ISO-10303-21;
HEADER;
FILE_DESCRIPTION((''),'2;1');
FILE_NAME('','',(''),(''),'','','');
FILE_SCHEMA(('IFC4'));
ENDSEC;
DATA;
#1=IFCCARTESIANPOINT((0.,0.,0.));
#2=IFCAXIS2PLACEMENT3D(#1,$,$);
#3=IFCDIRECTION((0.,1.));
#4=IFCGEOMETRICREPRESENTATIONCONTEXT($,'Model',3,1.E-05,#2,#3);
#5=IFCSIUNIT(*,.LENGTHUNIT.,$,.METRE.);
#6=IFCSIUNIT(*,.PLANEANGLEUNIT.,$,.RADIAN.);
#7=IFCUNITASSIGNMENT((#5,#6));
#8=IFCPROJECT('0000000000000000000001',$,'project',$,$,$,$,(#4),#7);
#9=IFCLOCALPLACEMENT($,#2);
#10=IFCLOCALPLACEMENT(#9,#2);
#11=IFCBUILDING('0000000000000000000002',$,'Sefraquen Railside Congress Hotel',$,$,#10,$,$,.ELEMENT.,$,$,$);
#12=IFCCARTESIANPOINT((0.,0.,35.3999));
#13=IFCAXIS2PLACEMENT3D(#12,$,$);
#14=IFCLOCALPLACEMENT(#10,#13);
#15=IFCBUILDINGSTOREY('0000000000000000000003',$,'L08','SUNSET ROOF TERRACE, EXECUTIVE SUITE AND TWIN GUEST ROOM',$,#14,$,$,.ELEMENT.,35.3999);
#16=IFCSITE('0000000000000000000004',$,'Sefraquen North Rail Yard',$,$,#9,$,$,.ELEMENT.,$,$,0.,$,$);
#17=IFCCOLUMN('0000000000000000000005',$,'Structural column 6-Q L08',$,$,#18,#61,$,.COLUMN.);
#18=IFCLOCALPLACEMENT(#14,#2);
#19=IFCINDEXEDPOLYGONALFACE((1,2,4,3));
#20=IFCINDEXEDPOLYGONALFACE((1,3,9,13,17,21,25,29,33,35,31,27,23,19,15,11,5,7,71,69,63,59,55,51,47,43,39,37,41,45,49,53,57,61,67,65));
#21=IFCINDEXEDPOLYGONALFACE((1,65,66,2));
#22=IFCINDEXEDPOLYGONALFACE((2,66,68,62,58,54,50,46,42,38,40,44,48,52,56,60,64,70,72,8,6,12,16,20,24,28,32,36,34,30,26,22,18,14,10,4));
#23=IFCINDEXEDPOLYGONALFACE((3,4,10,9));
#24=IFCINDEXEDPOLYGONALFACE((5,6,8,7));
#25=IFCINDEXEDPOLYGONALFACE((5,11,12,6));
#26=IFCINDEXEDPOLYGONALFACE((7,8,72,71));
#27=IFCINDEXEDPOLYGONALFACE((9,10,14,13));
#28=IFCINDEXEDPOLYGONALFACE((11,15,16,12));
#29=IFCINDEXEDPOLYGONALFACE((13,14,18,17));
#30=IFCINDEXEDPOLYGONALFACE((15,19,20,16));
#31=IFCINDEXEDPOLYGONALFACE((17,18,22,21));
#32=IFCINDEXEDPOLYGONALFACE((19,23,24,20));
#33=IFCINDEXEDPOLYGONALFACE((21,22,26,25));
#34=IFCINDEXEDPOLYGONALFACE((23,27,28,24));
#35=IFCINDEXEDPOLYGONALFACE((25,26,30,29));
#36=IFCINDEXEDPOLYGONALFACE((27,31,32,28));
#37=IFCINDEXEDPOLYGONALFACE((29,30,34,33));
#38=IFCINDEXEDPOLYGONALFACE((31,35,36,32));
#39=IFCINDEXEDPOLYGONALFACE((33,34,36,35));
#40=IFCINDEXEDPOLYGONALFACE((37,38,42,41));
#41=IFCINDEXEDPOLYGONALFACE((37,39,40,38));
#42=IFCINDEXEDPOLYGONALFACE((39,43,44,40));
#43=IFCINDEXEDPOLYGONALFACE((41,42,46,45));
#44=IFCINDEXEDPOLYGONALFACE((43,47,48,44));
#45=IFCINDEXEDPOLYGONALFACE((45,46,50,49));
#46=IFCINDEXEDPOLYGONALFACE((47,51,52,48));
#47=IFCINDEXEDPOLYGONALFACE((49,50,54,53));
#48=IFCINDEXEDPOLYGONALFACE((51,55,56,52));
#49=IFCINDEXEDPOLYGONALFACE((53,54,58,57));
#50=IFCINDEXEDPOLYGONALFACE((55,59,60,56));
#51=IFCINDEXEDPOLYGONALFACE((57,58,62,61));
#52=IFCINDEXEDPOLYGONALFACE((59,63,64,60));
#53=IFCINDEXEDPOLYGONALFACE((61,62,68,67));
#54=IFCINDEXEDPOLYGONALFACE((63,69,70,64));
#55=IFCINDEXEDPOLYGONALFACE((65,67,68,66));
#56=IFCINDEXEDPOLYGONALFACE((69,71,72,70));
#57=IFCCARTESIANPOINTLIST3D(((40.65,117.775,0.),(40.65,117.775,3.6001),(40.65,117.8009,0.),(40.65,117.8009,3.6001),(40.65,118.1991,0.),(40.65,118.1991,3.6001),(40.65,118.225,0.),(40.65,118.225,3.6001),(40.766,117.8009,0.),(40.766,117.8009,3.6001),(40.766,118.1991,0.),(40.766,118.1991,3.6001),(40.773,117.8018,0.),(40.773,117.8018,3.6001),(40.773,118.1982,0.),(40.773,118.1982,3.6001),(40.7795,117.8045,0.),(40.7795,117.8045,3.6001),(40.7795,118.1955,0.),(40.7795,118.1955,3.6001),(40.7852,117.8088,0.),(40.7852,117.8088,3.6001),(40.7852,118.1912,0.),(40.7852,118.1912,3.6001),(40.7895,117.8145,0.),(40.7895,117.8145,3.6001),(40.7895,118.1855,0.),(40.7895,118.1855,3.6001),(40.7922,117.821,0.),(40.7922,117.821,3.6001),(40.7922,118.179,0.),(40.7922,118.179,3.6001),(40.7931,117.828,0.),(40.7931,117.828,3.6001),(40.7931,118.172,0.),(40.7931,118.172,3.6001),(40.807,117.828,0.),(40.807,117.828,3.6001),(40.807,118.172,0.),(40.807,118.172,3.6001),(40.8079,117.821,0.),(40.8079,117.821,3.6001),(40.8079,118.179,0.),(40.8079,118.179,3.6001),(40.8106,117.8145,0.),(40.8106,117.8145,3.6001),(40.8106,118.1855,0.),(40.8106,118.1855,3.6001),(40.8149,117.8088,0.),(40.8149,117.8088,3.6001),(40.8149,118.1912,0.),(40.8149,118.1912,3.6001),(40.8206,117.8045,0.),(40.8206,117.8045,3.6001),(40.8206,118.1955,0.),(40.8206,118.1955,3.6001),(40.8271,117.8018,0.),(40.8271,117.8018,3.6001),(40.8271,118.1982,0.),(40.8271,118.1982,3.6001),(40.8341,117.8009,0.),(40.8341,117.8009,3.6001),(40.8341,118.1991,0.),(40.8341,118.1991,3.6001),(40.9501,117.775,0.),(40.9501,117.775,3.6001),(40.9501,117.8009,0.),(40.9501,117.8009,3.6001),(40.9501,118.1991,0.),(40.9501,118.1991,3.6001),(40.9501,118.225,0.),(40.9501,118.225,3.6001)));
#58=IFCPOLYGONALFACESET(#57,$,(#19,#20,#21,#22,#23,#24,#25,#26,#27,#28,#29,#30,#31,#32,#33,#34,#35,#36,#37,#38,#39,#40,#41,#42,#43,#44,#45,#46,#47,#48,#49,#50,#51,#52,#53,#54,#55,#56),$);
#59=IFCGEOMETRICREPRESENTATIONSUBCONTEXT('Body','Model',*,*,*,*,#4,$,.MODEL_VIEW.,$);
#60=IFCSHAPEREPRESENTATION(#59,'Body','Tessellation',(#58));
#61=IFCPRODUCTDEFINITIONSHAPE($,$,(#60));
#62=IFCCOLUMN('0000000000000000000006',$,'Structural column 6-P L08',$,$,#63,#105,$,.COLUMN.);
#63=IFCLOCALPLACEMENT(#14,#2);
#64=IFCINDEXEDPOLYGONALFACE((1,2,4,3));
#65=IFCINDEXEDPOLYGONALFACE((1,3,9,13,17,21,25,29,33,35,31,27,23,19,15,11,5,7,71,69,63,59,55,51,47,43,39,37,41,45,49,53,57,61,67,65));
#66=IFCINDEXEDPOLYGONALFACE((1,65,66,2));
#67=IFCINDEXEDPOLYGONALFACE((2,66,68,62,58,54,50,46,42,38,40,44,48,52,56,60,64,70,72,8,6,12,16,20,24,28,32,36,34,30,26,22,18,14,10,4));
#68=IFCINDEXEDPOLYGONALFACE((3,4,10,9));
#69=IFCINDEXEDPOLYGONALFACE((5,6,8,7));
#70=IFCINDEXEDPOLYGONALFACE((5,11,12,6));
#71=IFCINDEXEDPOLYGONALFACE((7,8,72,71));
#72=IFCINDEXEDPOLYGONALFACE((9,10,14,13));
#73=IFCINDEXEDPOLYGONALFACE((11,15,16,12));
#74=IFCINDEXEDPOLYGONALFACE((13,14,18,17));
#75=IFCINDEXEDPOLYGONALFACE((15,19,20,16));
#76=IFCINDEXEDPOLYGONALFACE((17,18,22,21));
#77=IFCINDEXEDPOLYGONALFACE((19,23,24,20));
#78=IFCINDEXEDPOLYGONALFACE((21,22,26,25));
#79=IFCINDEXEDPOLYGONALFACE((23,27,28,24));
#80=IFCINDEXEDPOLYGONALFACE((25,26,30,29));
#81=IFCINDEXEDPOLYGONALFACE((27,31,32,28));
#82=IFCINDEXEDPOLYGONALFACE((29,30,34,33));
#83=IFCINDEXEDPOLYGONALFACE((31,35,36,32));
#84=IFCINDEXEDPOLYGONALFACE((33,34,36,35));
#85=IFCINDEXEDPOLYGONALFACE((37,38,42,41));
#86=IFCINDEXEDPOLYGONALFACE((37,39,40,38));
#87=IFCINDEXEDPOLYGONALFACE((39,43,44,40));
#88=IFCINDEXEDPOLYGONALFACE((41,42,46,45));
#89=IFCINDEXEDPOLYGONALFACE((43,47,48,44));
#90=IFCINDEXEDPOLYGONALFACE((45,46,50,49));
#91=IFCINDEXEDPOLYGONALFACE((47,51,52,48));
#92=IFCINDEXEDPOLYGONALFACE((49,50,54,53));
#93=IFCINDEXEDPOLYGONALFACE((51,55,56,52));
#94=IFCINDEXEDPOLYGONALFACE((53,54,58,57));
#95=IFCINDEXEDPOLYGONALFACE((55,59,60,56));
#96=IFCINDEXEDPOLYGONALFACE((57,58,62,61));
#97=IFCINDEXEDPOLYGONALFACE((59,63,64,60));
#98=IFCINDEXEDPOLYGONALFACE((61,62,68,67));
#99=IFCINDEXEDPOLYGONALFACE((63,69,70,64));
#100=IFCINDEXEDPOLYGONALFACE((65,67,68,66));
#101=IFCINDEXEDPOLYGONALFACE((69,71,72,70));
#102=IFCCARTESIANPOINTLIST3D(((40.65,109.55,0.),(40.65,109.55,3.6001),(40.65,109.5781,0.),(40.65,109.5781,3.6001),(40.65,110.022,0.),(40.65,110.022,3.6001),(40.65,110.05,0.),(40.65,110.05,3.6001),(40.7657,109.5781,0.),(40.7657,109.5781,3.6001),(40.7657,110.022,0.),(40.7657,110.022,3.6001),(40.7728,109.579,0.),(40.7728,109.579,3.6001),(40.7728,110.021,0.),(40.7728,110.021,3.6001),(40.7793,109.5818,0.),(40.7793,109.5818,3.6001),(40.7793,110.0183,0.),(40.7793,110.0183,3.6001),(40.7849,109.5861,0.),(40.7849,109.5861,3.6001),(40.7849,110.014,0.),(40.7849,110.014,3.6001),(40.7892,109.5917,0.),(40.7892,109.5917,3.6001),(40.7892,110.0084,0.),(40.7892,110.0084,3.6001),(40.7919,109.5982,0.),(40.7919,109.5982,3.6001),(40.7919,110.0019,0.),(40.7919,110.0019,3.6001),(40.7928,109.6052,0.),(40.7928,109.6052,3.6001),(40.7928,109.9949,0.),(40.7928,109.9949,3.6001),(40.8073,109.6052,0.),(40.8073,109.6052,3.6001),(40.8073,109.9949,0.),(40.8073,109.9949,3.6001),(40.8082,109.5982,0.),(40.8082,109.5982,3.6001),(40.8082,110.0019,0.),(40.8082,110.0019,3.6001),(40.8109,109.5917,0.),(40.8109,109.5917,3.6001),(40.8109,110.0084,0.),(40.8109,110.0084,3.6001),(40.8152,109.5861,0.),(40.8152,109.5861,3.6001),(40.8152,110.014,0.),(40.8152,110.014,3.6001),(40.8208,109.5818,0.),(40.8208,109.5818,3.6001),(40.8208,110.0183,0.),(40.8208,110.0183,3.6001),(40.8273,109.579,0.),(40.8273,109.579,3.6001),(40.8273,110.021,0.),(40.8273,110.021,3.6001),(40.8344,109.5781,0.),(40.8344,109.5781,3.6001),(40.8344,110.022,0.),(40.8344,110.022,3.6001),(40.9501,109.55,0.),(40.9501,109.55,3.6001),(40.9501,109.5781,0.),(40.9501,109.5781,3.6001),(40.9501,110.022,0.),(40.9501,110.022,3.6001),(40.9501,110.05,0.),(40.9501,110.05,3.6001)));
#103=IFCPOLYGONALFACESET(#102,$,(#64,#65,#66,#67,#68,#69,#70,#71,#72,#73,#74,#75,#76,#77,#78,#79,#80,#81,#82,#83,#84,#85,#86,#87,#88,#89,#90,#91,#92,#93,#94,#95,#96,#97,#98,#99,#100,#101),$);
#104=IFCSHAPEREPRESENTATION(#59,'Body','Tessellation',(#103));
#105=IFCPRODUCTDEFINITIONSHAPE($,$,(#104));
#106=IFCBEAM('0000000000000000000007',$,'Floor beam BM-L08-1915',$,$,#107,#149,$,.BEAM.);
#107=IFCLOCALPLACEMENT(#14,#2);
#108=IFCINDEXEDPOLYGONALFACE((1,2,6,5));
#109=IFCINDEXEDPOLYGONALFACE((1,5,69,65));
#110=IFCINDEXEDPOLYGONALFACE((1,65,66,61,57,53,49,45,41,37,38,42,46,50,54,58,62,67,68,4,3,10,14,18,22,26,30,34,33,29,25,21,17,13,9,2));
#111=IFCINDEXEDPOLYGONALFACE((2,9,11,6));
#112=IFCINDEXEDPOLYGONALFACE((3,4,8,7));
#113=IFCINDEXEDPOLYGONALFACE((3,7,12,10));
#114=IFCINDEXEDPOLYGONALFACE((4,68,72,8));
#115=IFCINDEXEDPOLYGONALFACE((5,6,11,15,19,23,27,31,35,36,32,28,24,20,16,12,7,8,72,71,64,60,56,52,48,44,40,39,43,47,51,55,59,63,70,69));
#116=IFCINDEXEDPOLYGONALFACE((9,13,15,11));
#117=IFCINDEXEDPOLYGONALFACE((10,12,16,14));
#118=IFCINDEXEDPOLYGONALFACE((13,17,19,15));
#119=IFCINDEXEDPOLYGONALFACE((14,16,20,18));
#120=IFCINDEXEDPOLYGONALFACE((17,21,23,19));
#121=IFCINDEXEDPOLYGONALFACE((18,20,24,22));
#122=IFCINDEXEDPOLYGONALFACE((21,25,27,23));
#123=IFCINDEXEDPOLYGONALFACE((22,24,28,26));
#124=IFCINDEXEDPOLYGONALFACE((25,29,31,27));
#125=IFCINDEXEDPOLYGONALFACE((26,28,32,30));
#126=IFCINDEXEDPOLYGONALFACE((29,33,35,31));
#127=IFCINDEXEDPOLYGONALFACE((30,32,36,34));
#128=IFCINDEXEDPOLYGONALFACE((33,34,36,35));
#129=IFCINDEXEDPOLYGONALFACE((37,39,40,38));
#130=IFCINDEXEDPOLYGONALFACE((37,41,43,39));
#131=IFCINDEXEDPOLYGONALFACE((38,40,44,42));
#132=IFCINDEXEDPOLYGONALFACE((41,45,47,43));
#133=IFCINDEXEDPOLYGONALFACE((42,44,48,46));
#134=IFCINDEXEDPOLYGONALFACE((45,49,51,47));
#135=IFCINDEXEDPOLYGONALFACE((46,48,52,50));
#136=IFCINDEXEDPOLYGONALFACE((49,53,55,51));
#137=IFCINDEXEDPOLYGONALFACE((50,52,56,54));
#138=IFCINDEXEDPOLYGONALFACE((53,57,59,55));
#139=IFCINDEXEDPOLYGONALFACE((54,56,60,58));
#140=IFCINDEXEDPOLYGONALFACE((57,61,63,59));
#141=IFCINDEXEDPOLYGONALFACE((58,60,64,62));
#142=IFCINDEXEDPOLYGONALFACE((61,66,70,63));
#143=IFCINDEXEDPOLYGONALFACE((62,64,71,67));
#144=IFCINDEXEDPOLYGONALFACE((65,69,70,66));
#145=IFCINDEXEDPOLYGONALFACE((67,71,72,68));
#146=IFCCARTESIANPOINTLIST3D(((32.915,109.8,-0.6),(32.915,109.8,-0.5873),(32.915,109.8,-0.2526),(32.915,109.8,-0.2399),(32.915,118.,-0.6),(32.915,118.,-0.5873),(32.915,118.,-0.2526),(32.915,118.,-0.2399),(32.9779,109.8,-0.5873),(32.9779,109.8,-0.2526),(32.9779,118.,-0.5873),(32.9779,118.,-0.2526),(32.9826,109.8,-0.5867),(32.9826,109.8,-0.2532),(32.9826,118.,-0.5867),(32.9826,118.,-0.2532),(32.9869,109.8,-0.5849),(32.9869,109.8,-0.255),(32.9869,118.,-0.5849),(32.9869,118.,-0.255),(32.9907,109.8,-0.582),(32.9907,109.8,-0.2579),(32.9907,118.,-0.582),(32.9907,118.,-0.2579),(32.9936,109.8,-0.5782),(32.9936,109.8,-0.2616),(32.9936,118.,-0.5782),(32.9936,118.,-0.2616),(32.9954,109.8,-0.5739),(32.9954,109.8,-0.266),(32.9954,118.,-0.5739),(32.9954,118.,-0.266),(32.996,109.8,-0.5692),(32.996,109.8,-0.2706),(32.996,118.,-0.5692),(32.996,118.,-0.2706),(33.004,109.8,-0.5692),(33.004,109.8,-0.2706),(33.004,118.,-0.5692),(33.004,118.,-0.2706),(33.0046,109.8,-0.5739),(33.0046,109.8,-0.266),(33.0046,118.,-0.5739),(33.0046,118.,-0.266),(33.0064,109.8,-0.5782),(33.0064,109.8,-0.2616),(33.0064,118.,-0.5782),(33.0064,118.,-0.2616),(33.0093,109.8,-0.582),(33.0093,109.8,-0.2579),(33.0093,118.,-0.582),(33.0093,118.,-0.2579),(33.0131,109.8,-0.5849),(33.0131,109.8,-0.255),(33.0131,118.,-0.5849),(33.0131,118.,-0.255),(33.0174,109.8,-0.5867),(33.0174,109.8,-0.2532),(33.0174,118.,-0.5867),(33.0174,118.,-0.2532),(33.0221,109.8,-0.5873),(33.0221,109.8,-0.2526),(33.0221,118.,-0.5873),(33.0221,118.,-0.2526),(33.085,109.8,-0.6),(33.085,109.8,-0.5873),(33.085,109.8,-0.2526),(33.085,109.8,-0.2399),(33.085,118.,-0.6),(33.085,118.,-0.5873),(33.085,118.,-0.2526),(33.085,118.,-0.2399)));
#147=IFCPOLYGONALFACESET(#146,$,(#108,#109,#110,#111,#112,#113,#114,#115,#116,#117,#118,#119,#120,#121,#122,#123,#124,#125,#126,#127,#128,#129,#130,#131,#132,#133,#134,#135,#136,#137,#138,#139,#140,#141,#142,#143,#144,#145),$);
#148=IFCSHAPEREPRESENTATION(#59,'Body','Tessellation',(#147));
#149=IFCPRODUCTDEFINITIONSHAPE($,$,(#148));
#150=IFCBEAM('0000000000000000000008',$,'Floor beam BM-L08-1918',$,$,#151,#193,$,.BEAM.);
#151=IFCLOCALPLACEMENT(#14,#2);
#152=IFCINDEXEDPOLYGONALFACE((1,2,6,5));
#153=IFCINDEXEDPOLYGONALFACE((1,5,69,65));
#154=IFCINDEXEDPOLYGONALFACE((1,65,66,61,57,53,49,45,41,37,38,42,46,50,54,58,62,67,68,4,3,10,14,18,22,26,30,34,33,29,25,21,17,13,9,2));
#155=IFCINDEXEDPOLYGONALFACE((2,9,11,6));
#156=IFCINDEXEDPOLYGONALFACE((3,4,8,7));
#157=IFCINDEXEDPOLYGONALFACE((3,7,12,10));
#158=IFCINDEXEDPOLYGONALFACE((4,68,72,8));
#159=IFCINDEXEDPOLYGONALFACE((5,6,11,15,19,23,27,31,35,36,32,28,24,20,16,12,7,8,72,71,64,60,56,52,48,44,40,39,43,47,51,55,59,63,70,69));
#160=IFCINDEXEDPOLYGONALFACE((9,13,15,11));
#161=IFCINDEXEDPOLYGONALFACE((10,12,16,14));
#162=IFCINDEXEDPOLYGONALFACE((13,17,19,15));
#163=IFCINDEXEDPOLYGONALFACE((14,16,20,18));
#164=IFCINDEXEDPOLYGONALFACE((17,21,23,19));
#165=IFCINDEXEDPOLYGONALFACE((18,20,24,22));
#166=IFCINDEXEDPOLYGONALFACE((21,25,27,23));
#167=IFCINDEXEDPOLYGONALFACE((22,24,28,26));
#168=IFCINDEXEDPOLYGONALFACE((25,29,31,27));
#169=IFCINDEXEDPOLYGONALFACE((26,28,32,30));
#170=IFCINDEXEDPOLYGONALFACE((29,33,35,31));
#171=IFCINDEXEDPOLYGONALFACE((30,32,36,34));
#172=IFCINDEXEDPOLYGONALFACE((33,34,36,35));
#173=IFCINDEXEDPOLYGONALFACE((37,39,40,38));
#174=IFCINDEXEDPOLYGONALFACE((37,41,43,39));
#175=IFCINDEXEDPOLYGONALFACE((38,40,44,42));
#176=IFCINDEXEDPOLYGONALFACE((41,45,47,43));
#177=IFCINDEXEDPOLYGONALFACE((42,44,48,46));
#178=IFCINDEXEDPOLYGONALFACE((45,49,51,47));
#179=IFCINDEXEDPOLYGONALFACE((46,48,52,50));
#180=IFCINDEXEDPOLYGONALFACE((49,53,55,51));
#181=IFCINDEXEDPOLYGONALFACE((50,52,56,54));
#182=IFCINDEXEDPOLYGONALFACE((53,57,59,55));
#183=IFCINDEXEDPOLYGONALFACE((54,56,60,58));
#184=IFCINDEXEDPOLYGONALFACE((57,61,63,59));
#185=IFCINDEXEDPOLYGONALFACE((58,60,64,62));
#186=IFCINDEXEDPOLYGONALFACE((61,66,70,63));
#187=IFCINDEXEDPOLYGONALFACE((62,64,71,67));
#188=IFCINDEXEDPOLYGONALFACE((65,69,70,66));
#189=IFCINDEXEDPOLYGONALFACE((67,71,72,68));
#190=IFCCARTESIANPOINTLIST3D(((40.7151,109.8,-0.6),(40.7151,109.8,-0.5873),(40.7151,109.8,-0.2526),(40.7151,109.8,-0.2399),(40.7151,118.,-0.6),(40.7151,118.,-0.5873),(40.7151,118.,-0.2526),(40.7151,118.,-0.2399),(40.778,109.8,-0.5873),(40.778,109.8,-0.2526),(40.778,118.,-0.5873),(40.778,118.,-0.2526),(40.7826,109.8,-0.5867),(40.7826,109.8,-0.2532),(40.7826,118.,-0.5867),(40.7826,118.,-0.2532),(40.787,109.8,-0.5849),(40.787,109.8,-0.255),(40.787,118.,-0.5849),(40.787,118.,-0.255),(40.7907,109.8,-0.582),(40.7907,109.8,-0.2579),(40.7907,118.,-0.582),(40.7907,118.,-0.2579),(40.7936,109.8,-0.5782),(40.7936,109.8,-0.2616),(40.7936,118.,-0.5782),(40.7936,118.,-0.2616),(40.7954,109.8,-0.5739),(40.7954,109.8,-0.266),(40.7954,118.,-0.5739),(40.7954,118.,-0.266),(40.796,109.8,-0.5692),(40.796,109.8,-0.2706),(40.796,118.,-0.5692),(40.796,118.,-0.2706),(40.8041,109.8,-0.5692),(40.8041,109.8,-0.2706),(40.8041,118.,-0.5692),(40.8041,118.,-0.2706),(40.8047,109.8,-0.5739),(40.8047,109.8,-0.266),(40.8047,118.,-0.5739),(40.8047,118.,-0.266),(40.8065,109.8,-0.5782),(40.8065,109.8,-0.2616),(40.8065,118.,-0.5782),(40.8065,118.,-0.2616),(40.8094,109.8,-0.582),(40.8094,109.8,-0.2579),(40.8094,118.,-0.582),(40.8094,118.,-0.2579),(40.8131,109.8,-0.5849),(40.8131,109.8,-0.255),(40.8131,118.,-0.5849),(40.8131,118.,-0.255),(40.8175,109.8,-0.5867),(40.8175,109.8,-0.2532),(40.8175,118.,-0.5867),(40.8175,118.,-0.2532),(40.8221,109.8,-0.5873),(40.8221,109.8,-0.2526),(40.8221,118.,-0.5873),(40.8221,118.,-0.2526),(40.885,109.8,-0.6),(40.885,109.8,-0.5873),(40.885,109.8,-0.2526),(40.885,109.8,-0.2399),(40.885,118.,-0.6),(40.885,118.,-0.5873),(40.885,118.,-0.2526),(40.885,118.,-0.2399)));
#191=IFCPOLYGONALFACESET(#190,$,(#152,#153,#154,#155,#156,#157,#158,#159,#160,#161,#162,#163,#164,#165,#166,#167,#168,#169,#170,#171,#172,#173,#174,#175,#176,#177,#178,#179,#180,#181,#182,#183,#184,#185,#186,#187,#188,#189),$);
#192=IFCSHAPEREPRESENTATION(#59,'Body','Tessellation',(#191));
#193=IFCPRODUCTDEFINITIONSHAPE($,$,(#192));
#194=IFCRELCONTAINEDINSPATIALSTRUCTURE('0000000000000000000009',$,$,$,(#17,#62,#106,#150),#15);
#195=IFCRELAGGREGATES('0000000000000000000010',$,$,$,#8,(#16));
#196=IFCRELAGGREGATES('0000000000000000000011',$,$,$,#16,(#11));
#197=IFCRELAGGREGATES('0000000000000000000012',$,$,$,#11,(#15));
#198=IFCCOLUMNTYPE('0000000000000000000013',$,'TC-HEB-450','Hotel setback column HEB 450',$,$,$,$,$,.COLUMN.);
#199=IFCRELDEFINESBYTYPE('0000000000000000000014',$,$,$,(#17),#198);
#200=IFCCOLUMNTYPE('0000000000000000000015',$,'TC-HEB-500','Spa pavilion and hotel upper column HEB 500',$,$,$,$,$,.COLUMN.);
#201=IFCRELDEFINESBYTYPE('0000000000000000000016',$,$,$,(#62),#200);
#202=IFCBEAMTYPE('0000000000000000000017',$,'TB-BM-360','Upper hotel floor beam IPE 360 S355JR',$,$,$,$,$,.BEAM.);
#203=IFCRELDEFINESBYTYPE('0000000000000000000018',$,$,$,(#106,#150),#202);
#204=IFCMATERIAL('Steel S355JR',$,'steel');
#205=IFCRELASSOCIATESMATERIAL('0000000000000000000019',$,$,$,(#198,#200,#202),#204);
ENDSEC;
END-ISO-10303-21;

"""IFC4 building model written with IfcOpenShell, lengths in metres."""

from ifc_helpers import new_model, si_unit, direction, frame, origin, origin_2d, place, context, subcontext, project, spatial, i_section, extrude, material, material_profile, profile_set, type_object, element, save


model = new_model("IFC4")

# Units and contexts
model_context = context("Model", 3, precision=1e-05, world=origin(), true_north=direction((0.0, 1.0)))
body_context = subcontext(model_context, "Body", "Model", "MODEL_VIEW")
ifc_project = project(units=[si_unit("LENGTHUNIT", "METRE"), si_unit("PLANEANGLEUNIT", "RADIAN")], contexts=[model_context])

# Site, building, storey
site_placement = place(None, origin())
site = spatial("IfcSite", under=ifc_project, at=site_placement, Name="Sefraquen North Rail Yard", CompositionType="ELEMENT", RefElevation=0.0)
building_placement = place(site_placement, origin())
building = spatial("IfcBuilding", under=site, at=building_placement, Name="Sefraquen Railside Congress Hotel", CompositionType="ELEMENT")
storey_placement = place(building_placement, frame((0.0, 0.0, 35.3999)))
storey = spatial("IfcBuildingStorey", under=building, at=storey_placement, Name="L08", Description="SUNSET ROOF TERRACE, EXECUTIVE SUITE AND TWIN GUEST ROOM", CompositionType="ELEMENT", Elevation=35.3999)

# Columns
ifc_material_1 = material(Name="Steel S355JR", Category="steel")
ifc_material_profile_1 = material_profile(ifc_material_1, i_section(OverallWidth=0.3, OverallDepth=0.45, WebThickness=0.0139, FlangeThickness=0.0259, FilletRadius=0.0271, at=origin_2d()), Name="HEB 450")
ifc_profile_set_1 = profile_set([ifc_material_profile_1], Name="Steel S355JR")
column_type_1 = type_object("IfcColumnType", Name="TC-HEB-450", Description="Hotel setback column HEB 450", PredefinedType="COLUMN", material=ifc_profile_set_1)
column_1_placement = place(storey_placement, frame((40.8, 118.0, 0.0), z_axis=(0.0, 0.0, 1.0), x_axis=(1.0, 0.0, 0.0)))
element("IfcColumn", 1, at=column_1_placement, inside=storey, type_object=column_type_1, Name="Structural column 6-Q L08", PredefinedType="COLUMN", context=body_context, shape_type="SweptSolid", body=[
    extrude(i_section(OverallWidth=0.3, OverallDepth=0.45, WebThickness=0.0139, FlangeThickness=0.0259, FilletRadius=0.0271, at=origin_2d()), origin(), (0.0, 0.0, 1.0), 3.6001),
])
ifc_material_profile_2 = material_profile(ifc_material_1, i_section(OverallWidth=0.3, OverallDepth=0.5, WebThickness=0.0144, FlangeThickness=0.0281, FilletRadius=0.0271, at=origin_2d()), Name="HEB 500")
ifc_profile_set_2 = profile_set([ifc_material_profile_2], Name="Steel S355JR")
column_type_2 = type_object("IfcColumnType", Name="TC-HEB-500", Description="Spa pavilion and hotel upper column HEB 500", PredefinedType="COLUMN", material=ifc_profile_set_2)
column_2_placement = place(storey_placement, frame((40.8, 109.8, 0.0), z_axis=(0.0, 0.0, 1.0), x_axis=(1.0, 0.0, 0.0)))
element("IfcColumn", 2, at=column_2_placement, inside=storey, type_object=column_type_2, Name="Structural column 6-P L08", PredefinedType="COLUMN", context=body_context, shape_type="SweptSolid", body=[
    extrude(i_section(OverallWidth=0.3, OverallDepth=0.5, WebThickness=0.0144, FlangeThickness=0.0281, FilletRadius=0.0271, at=origin_2d()), origin(), (0.0, 0.0, 1.0), 3.6001),
])

# Beams
ifc_material_profile_3 = material_profile(ifc_material_1, i_section(OverallWidth=0.1699, OverallDepth=0.3601, WebThickness=0.0081, FlangeThickness=0.0127, FilletRadius=0.0181, at=origin_2d()), Name="IPE 360")
ifc_profile_set_3 = profile_set([ifc_material_profile_3], Name="Steel S355JR")
beam_type_1 = type_object("IfcBeamType", Name="TB-BM-360", Description="Upper hotel floor beam IPE 360 S355JR", PredefinedType="BEAM", material=ifc_profile_set_3)
for number, where, z_axis, x_axis, name in (
    (3, (33.0, 109.8, -0.4199), (0.0, 1.0, 0.0), (-1.0, 0.0, 0.0), "Floor beam BM-L08-1915"),
    (4, (40.8, 109.8, -0.4199), (0.0, 1.0, 0.0), (-1.0, 0.0, 0.0), "Floor beam BM-L08-1918"),
):
    element("IfcBeam", number, at=place(storey_placement, frame(where, z_axis=z_axis, x_axis=x_axis)), inside=storey, type_object=beam_type_1, Name=name, PredefinedType="BEAM", context=body_context, shape_type="SweptSolid", body=[
        extrude(i_section(OverallWidth=0.1699, OverallDepth=0.3601, WebThickness=0.0081, FlangeThickness=0.0127, FilletRadius=0.0181, at=origin_2d()), origin(), (0.0, 0.0, 1.0), 8.2),
    ])

save(model, "model.ifc")
